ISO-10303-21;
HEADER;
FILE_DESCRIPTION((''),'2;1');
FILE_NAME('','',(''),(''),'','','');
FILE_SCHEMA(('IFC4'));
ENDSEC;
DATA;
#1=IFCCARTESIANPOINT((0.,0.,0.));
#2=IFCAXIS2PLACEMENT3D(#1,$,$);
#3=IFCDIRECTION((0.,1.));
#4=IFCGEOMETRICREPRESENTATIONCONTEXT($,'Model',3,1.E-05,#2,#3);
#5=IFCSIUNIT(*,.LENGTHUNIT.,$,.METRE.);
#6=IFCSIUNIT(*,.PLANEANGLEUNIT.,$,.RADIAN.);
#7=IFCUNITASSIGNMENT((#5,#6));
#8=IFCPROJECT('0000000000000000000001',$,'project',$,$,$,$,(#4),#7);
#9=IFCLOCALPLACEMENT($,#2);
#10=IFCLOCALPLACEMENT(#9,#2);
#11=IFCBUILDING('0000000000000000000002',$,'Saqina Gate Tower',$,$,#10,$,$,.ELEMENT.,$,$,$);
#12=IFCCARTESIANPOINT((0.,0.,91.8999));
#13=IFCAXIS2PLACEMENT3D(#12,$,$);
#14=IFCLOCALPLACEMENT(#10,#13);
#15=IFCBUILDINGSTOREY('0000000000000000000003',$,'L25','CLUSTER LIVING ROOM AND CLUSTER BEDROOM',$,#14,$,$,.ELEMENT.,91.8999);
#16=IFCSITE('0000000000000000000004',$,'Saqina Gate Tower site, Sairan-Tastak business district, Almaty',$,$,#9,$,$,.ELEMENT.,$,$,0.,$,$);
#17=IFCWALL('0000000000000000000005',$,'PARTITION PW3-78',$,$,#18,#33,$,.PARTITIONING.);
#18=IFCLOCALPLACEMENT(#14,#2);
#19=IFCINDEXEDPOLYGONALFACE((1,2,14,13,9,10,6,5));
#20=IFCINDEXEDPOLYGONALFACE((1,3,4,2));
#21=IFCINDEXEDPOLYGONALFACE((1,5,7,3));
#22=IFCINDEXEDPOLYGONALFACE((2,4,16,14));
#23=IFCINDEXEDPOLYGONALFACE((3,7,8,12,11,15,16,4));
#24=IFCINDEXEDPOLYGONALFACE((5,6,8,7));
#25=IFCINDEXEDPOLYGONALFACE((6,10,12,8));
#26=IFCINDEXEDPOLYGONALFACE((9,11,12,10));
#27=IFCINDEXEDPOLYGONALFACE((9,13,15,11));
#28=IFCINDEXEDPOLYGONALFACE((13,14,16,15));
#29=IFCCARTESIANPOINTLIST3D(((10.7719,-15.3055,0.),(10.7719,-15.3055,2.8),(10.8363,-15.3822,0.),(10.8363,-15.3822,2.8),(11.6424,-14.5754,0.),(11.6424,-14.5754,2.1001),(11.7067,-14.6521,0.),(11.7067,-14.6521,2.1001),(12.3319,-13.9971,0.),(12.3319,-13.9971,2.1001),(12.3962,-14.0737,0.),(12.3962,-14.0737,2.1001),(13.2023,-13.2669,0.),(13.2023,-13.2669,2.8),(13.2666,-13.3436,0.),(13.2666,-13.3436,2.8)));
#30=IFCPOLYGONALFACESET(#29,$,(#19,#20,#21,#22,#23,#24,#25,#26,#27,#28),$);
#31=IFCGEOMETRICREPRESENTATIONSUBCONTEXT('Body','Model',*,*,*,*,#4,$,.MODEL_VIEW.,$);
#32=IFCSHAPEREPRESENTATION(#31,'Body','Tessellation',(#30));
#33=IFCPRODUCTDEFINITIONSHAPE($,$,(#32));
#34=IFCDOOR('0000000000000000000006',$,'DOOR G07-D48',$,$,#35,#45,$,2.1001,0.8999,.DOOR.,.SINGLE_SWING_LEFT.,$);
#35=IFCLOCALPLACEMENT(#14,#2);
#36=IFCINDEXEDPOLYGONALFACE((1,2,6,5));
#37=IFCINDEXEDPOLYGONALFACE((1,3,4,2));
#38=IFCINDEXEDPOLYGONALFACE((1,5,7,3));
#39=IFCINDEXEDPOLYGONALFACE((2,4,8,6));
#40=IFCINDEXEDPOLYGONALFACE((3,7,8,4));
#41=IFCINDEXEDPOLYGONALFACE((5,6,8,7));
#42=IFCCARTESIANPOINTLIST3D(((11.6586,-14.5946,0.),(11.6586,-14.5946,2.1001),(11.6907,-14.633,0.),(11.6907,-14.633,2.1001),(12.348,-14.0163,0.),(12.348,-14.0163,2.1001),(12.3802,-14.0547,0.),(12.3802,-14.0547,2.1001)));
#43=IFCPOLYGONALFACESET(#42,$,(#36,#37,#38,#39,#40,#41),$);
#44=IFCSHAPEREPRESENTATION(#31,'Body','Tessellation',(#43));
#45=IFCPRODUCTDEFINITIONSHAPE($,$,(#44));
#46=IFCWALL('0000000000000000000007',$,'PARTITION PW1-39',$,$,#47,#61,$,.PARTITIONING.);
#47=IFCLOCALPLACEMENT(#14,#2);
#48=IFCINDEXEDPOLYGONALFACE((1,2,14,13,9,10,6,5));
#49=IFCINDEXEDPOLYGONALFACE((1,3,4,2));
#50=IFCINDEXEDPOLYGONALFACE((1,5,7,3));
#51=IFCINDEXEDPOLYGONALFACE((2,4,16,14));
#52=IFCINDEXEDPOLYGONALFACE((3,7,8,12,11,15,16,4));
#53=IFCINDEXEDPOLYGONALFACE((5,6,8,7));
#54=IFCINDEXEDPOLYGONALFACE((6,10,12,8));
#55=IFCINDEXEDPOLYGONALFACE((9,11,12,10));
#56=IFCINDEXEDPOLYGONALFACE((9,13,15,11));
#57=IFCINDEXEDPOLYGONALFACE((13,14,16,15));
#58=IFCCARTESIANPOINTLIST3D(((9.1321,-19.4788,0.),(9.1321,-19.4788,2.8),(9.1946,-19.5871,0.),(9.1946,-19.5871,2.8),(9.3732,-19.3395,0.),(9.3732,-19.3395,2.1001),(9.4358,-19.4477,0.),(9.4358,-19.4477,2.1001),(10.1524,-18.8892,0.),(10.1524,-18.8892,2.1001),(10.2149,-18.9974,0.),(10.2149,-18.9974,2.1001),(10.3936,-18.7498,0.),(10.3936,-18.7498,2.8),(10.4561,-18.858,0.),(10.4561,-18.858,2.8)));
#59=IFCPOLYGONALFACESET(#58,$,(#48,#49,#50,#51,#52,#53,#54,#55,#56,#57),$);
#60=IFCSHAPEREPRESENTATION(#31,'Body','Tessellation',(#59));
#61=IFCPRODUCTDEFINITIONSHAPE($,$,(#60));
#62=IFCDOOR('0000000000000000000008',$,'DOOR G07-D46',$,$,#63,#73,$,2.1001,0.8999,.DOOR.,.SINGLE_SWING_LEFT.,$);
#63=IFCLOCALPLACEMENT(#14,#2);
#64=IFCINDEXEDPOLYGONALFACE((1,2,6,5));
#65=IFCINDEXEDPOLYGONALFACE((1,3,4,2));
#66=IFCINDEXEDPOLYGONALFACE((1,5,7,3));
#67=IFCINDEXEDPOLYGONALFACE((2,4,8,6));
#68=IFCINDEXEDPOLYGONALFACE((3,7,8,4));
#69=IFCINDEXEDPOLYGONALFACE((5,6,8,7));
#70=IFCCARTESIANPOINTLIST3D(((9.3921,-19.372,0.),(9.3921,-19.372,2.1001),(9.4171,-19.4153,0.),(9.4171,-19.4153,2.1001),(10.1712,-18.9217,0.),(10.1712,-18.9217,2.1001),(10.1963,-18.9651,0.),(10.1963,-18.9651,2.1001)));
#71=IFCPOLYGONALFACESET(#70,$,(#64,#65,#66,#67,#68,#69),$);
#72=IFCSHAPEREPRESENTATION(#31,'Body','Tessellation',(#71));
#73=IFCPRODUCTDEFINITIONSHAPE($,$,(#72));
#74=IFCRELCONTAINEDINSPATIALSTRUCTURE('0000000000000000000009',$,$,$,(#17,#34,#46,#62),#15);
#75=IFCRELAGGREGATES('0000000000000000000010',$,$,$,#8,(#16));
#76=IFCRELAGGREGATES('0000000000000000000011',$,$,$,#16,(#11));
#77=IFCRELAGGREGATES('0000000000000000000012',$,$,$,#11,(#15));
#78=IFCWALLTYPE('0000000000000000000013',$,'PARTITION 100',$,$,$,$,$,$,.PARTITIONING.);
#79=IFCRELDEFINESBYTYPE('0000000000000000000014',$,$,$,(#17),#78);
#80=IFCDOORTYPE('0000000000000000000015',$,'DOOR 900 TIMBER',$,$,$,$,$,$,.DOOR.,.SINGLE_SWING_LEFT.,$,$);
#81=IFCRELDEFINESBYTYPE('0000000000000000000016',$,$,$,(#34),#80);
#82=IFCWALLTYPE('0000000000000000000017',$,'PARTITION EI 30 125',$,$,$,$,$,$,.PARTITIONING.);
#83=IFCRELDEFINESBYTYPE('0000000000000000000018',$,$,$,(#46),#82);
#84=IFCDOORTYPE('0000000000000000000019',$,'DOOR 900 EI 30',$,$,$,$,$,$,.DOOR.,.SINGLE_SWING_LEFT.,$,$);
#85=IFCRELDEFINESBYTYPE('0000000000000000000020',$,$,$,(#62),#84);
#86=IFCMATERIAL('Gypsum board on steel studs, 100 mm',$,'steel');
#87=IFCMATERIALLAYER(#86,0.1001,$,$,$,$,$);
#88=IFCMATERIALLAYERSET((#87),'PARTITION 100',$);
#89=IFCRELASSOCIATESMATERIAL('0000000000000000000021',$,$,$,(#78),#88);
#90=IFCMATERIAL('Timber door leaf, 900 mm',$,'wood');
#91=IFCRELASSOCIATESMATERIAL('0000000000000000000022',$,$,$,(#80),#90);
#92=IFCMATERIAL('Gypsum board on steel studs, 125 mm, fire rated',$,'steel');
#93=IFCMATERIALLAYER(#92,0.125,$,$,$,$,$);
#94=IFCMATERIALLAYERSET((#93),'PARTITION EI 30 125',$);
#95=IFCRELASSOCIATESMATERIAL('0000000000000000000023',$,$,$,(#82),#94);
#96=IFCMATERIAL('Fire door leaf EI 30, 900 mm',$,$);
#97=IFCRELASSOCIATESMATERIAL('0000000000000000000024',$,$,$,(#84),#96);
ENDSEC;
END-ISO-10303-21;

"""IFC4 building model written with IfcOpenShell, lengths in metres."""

from ifc_helpers import new_model, si_unit, direction, frame, frame_2d, origin, place, context, subcontext, project, spatial, rectangle, extrude, material, layer, layer_set, type_object, element, fill, save


model = new_model("IFC4")

# Units and contexts
model_context = context("Model", 3, precision=1e-05, world=origin(), true_north=direction((0.0, 1.0)))
body_context = subcontext(model_context, "Body", "Model", "MODEL_VIEW")
ifc_project = project(units=[si_unit("LENGTHUNIT", "METRE"), si_unit("PLANEANGLEUNIT", "RADIAN")], contexts=[model_context])

# Site, building, storey
site_placement = place(None, origin())
site = spatial("IfcSite", under=ifc_project, at=site_placement, Name="Saqina Gate Tower site, Sairan-Tastak business district, Almaty", CompositionType="ELEMENT", RefElevation=0.0)
building_placement = place(site_placement, origin())
building = spatial("IfcBuilding", under=site, at=building_placement, Name="Saqina Gate Tower", CompositionType="ELEMENT")
storey_placement = place(building_placement, frame((0.0, 0.0, 91.8999)))
storey = spatial("IfcBuildingStorey", under=building, at=storey_placement, Name="L25", Description="CLUSTER LIVING ROOM AND CLUSTER BEDROOM", CompositionType="ELEMENT", Elevation=91.8999)

# Shared definitions
ifc_material_1 = material(Name="Gypsum board on steel studs, 100 mm", Category="steel")
ifc_layer_1 = layer(ifc_material_1, 0.1001)
ifc_layer_set_1 = layer_set([ifc_layer_1], Name="PARTITION 100")
wall_type_1 = type_object("IfcWallType", Name="PARTITION 100", PredefinedType="PARTITIONING", material=ifc_layer_set_1)

# Walls, openings, doors
wall_1_placement = place(storey_placement, frame((10.8042, -15.3438, 0.0), z_axis=(0.0, 0.0, 1.0), x_axis=(0.766167, 0.642641, 0.0)))
wall_1 = element("IfcWall", 1, at=wall_1_placement, inside=storey, type_object=wall_type_1, Name="PARTITION PW3-78", PredefinedType="PARTITIONING", context=body_context, shape_type="SweptSolid", body=[
    extrude(rectangle(XDim=3.1721, YDim=0.1001, at=frame_2d((1.5859, 0.0))), origin(), (0.0, 0.0, 1.0), 2.8),
])
opening_1_placement = place(wall_1_placement, frame((1.136, 0.0, 0.0)))
opening_1 = element("IfcOpeningElement", 2, at=opening_1_placement, cuts=wall_1, PredefinedType="OPENING", context=body_context, shape_type="SweptSolid", body=[
    extrude(rectangle(XDim=0.8999, YDim=2.1001, at=frame_2d((0.45, 1.05))), frame((0.0, 0.062, 0.0), z_axis=(0.0, -1.0, 0.0), x_axis=(1.0, 0.0, 0.0)), (0.0, 0.0, 1.0), 0.124),
])
ifc_material_2 = material(Name="Timber door leaf, 900 mm", Category="wood")
door_type_1 = type_object("IfcDoorType", Name="DOOR 900 TIMBER", OperationType="SINGLE_SWING_LEFT", PredefinedType="DOOR", material=ifc_material_2)
door_1_placement = place(opening_1_placement, origin())
door_1 = element("IfcDoor", 3, at=door_1_placement, inside=storey, type_object=door_type_1, Name="DOOR G07-D48", OperationType="SINGLE_SWING_LEFT", OverallHeight=2.1001, OverallWidth=0.8999, PredefinedType="DOOR", context=body_context, shape_type="SweptSolid", body=[
    extrude(rectangle(XDim=0.8999, YDim=2.1001, at=frame_2d((0.45, 1.05))), frame((0.0, 0.0249, 0.0), z_axis=(0.0, -1.0, 0.0), x_axis=(1.0, 0.0, 0.0)), (0.0, 0.0, 1.0), 0.05),
])
fill(opening_1, door_1)
ifc_material_3 = material(Name="Gypsum board on steel studs, 125 mm, fire rated", Category="steel")
ifc_layer_2 = layer(ifc_material_3, 0.125)
ifc_layer_set_2 = layer_set([ifc_layer_2], Name="PARTITION EI 30 125")
wall_type_2 = type_object("IfcWallType", Name="PARTITION EI 30 125", PredefinedType="PARTITIONING", material=ifc_layer_set_2)
wall_2_placement = place(storey_placement, frame((9.1633, -19.533, 0.0), z_axis=(0.0, 0.0, 1.0), x_axis=(0.86582, 0.500356, 0.0)))
wall_2 = element("IfcWall", 4, at=wall_2_placement, inside=storey, type_object=wall_type_2, Name="PARTITION PW1-39", PredefinedType="PARTITIONING", context=body_context, shape_type="SweptSolid", body=[
    extrude(rectangle(XDim=1.457, YDim=0.125, at=frame_2d((0.7285, 0.0))), origin(), (0.0, 0.0, 1.0), 2.8),
])
opening_2_placement = place(wall_2_placement, frame((0.2786, 0.0, 0.0)))
opening_2 = element("IfcOpeningElement", 5, at=opening_2_placement, cuts=wall_2, PredefinedType="OPENING", context=body_context, shape_type="SweptSolid", body=[
    extrude(rectangle(XDim=0.8999, YDim=2.1001, at=frame_2d((0.45, 1.05))), frame((0.0, 0.0745, 0.0), z_axis=(0.0, -1.0, 0.0), x_axis=(1.0, 0.0, 0.0)), (0.0, 0.0, 1.0), 0.1489),
])
ifc_material_4 = material(Name="Fire door leaf EI 30, 900 mm")
door_type_2 = type_object("IfcDoorType", Name="DOOR 900 EI 30", OperationType="SINGLE_SWING_LEFT", PredefinedType="DOOR", material=ifc_material_4)
door_2_placement = place(opening_2_placement, origin())
door_2 = element("IfcDoor", 6, at=door_2_placement, inside=storey, type_object=door_type_2, Name="DOOR G07-D46", OperationType="SINGLE_SWING_LEFT", OverallHeight=2.1001, OverallWidth=0.8999, PredefinedType="DOOR", context=body_context, shape_type="SweptSolid", body=[
    extrude(rectangle(XDim=0.8999, YDim=2.1001, at=frame_2d((0.45, 1.05))), frame((0.0, 0.0249, 0.0), z_axis=(0.0, -1.0, 0.0), x_axis=(1.0, 0.0, 0.0)), (0.0, 0.0, 1.0), 0.05),
])
fill(opening_2, door_2)

save(model, "model.ifc")
